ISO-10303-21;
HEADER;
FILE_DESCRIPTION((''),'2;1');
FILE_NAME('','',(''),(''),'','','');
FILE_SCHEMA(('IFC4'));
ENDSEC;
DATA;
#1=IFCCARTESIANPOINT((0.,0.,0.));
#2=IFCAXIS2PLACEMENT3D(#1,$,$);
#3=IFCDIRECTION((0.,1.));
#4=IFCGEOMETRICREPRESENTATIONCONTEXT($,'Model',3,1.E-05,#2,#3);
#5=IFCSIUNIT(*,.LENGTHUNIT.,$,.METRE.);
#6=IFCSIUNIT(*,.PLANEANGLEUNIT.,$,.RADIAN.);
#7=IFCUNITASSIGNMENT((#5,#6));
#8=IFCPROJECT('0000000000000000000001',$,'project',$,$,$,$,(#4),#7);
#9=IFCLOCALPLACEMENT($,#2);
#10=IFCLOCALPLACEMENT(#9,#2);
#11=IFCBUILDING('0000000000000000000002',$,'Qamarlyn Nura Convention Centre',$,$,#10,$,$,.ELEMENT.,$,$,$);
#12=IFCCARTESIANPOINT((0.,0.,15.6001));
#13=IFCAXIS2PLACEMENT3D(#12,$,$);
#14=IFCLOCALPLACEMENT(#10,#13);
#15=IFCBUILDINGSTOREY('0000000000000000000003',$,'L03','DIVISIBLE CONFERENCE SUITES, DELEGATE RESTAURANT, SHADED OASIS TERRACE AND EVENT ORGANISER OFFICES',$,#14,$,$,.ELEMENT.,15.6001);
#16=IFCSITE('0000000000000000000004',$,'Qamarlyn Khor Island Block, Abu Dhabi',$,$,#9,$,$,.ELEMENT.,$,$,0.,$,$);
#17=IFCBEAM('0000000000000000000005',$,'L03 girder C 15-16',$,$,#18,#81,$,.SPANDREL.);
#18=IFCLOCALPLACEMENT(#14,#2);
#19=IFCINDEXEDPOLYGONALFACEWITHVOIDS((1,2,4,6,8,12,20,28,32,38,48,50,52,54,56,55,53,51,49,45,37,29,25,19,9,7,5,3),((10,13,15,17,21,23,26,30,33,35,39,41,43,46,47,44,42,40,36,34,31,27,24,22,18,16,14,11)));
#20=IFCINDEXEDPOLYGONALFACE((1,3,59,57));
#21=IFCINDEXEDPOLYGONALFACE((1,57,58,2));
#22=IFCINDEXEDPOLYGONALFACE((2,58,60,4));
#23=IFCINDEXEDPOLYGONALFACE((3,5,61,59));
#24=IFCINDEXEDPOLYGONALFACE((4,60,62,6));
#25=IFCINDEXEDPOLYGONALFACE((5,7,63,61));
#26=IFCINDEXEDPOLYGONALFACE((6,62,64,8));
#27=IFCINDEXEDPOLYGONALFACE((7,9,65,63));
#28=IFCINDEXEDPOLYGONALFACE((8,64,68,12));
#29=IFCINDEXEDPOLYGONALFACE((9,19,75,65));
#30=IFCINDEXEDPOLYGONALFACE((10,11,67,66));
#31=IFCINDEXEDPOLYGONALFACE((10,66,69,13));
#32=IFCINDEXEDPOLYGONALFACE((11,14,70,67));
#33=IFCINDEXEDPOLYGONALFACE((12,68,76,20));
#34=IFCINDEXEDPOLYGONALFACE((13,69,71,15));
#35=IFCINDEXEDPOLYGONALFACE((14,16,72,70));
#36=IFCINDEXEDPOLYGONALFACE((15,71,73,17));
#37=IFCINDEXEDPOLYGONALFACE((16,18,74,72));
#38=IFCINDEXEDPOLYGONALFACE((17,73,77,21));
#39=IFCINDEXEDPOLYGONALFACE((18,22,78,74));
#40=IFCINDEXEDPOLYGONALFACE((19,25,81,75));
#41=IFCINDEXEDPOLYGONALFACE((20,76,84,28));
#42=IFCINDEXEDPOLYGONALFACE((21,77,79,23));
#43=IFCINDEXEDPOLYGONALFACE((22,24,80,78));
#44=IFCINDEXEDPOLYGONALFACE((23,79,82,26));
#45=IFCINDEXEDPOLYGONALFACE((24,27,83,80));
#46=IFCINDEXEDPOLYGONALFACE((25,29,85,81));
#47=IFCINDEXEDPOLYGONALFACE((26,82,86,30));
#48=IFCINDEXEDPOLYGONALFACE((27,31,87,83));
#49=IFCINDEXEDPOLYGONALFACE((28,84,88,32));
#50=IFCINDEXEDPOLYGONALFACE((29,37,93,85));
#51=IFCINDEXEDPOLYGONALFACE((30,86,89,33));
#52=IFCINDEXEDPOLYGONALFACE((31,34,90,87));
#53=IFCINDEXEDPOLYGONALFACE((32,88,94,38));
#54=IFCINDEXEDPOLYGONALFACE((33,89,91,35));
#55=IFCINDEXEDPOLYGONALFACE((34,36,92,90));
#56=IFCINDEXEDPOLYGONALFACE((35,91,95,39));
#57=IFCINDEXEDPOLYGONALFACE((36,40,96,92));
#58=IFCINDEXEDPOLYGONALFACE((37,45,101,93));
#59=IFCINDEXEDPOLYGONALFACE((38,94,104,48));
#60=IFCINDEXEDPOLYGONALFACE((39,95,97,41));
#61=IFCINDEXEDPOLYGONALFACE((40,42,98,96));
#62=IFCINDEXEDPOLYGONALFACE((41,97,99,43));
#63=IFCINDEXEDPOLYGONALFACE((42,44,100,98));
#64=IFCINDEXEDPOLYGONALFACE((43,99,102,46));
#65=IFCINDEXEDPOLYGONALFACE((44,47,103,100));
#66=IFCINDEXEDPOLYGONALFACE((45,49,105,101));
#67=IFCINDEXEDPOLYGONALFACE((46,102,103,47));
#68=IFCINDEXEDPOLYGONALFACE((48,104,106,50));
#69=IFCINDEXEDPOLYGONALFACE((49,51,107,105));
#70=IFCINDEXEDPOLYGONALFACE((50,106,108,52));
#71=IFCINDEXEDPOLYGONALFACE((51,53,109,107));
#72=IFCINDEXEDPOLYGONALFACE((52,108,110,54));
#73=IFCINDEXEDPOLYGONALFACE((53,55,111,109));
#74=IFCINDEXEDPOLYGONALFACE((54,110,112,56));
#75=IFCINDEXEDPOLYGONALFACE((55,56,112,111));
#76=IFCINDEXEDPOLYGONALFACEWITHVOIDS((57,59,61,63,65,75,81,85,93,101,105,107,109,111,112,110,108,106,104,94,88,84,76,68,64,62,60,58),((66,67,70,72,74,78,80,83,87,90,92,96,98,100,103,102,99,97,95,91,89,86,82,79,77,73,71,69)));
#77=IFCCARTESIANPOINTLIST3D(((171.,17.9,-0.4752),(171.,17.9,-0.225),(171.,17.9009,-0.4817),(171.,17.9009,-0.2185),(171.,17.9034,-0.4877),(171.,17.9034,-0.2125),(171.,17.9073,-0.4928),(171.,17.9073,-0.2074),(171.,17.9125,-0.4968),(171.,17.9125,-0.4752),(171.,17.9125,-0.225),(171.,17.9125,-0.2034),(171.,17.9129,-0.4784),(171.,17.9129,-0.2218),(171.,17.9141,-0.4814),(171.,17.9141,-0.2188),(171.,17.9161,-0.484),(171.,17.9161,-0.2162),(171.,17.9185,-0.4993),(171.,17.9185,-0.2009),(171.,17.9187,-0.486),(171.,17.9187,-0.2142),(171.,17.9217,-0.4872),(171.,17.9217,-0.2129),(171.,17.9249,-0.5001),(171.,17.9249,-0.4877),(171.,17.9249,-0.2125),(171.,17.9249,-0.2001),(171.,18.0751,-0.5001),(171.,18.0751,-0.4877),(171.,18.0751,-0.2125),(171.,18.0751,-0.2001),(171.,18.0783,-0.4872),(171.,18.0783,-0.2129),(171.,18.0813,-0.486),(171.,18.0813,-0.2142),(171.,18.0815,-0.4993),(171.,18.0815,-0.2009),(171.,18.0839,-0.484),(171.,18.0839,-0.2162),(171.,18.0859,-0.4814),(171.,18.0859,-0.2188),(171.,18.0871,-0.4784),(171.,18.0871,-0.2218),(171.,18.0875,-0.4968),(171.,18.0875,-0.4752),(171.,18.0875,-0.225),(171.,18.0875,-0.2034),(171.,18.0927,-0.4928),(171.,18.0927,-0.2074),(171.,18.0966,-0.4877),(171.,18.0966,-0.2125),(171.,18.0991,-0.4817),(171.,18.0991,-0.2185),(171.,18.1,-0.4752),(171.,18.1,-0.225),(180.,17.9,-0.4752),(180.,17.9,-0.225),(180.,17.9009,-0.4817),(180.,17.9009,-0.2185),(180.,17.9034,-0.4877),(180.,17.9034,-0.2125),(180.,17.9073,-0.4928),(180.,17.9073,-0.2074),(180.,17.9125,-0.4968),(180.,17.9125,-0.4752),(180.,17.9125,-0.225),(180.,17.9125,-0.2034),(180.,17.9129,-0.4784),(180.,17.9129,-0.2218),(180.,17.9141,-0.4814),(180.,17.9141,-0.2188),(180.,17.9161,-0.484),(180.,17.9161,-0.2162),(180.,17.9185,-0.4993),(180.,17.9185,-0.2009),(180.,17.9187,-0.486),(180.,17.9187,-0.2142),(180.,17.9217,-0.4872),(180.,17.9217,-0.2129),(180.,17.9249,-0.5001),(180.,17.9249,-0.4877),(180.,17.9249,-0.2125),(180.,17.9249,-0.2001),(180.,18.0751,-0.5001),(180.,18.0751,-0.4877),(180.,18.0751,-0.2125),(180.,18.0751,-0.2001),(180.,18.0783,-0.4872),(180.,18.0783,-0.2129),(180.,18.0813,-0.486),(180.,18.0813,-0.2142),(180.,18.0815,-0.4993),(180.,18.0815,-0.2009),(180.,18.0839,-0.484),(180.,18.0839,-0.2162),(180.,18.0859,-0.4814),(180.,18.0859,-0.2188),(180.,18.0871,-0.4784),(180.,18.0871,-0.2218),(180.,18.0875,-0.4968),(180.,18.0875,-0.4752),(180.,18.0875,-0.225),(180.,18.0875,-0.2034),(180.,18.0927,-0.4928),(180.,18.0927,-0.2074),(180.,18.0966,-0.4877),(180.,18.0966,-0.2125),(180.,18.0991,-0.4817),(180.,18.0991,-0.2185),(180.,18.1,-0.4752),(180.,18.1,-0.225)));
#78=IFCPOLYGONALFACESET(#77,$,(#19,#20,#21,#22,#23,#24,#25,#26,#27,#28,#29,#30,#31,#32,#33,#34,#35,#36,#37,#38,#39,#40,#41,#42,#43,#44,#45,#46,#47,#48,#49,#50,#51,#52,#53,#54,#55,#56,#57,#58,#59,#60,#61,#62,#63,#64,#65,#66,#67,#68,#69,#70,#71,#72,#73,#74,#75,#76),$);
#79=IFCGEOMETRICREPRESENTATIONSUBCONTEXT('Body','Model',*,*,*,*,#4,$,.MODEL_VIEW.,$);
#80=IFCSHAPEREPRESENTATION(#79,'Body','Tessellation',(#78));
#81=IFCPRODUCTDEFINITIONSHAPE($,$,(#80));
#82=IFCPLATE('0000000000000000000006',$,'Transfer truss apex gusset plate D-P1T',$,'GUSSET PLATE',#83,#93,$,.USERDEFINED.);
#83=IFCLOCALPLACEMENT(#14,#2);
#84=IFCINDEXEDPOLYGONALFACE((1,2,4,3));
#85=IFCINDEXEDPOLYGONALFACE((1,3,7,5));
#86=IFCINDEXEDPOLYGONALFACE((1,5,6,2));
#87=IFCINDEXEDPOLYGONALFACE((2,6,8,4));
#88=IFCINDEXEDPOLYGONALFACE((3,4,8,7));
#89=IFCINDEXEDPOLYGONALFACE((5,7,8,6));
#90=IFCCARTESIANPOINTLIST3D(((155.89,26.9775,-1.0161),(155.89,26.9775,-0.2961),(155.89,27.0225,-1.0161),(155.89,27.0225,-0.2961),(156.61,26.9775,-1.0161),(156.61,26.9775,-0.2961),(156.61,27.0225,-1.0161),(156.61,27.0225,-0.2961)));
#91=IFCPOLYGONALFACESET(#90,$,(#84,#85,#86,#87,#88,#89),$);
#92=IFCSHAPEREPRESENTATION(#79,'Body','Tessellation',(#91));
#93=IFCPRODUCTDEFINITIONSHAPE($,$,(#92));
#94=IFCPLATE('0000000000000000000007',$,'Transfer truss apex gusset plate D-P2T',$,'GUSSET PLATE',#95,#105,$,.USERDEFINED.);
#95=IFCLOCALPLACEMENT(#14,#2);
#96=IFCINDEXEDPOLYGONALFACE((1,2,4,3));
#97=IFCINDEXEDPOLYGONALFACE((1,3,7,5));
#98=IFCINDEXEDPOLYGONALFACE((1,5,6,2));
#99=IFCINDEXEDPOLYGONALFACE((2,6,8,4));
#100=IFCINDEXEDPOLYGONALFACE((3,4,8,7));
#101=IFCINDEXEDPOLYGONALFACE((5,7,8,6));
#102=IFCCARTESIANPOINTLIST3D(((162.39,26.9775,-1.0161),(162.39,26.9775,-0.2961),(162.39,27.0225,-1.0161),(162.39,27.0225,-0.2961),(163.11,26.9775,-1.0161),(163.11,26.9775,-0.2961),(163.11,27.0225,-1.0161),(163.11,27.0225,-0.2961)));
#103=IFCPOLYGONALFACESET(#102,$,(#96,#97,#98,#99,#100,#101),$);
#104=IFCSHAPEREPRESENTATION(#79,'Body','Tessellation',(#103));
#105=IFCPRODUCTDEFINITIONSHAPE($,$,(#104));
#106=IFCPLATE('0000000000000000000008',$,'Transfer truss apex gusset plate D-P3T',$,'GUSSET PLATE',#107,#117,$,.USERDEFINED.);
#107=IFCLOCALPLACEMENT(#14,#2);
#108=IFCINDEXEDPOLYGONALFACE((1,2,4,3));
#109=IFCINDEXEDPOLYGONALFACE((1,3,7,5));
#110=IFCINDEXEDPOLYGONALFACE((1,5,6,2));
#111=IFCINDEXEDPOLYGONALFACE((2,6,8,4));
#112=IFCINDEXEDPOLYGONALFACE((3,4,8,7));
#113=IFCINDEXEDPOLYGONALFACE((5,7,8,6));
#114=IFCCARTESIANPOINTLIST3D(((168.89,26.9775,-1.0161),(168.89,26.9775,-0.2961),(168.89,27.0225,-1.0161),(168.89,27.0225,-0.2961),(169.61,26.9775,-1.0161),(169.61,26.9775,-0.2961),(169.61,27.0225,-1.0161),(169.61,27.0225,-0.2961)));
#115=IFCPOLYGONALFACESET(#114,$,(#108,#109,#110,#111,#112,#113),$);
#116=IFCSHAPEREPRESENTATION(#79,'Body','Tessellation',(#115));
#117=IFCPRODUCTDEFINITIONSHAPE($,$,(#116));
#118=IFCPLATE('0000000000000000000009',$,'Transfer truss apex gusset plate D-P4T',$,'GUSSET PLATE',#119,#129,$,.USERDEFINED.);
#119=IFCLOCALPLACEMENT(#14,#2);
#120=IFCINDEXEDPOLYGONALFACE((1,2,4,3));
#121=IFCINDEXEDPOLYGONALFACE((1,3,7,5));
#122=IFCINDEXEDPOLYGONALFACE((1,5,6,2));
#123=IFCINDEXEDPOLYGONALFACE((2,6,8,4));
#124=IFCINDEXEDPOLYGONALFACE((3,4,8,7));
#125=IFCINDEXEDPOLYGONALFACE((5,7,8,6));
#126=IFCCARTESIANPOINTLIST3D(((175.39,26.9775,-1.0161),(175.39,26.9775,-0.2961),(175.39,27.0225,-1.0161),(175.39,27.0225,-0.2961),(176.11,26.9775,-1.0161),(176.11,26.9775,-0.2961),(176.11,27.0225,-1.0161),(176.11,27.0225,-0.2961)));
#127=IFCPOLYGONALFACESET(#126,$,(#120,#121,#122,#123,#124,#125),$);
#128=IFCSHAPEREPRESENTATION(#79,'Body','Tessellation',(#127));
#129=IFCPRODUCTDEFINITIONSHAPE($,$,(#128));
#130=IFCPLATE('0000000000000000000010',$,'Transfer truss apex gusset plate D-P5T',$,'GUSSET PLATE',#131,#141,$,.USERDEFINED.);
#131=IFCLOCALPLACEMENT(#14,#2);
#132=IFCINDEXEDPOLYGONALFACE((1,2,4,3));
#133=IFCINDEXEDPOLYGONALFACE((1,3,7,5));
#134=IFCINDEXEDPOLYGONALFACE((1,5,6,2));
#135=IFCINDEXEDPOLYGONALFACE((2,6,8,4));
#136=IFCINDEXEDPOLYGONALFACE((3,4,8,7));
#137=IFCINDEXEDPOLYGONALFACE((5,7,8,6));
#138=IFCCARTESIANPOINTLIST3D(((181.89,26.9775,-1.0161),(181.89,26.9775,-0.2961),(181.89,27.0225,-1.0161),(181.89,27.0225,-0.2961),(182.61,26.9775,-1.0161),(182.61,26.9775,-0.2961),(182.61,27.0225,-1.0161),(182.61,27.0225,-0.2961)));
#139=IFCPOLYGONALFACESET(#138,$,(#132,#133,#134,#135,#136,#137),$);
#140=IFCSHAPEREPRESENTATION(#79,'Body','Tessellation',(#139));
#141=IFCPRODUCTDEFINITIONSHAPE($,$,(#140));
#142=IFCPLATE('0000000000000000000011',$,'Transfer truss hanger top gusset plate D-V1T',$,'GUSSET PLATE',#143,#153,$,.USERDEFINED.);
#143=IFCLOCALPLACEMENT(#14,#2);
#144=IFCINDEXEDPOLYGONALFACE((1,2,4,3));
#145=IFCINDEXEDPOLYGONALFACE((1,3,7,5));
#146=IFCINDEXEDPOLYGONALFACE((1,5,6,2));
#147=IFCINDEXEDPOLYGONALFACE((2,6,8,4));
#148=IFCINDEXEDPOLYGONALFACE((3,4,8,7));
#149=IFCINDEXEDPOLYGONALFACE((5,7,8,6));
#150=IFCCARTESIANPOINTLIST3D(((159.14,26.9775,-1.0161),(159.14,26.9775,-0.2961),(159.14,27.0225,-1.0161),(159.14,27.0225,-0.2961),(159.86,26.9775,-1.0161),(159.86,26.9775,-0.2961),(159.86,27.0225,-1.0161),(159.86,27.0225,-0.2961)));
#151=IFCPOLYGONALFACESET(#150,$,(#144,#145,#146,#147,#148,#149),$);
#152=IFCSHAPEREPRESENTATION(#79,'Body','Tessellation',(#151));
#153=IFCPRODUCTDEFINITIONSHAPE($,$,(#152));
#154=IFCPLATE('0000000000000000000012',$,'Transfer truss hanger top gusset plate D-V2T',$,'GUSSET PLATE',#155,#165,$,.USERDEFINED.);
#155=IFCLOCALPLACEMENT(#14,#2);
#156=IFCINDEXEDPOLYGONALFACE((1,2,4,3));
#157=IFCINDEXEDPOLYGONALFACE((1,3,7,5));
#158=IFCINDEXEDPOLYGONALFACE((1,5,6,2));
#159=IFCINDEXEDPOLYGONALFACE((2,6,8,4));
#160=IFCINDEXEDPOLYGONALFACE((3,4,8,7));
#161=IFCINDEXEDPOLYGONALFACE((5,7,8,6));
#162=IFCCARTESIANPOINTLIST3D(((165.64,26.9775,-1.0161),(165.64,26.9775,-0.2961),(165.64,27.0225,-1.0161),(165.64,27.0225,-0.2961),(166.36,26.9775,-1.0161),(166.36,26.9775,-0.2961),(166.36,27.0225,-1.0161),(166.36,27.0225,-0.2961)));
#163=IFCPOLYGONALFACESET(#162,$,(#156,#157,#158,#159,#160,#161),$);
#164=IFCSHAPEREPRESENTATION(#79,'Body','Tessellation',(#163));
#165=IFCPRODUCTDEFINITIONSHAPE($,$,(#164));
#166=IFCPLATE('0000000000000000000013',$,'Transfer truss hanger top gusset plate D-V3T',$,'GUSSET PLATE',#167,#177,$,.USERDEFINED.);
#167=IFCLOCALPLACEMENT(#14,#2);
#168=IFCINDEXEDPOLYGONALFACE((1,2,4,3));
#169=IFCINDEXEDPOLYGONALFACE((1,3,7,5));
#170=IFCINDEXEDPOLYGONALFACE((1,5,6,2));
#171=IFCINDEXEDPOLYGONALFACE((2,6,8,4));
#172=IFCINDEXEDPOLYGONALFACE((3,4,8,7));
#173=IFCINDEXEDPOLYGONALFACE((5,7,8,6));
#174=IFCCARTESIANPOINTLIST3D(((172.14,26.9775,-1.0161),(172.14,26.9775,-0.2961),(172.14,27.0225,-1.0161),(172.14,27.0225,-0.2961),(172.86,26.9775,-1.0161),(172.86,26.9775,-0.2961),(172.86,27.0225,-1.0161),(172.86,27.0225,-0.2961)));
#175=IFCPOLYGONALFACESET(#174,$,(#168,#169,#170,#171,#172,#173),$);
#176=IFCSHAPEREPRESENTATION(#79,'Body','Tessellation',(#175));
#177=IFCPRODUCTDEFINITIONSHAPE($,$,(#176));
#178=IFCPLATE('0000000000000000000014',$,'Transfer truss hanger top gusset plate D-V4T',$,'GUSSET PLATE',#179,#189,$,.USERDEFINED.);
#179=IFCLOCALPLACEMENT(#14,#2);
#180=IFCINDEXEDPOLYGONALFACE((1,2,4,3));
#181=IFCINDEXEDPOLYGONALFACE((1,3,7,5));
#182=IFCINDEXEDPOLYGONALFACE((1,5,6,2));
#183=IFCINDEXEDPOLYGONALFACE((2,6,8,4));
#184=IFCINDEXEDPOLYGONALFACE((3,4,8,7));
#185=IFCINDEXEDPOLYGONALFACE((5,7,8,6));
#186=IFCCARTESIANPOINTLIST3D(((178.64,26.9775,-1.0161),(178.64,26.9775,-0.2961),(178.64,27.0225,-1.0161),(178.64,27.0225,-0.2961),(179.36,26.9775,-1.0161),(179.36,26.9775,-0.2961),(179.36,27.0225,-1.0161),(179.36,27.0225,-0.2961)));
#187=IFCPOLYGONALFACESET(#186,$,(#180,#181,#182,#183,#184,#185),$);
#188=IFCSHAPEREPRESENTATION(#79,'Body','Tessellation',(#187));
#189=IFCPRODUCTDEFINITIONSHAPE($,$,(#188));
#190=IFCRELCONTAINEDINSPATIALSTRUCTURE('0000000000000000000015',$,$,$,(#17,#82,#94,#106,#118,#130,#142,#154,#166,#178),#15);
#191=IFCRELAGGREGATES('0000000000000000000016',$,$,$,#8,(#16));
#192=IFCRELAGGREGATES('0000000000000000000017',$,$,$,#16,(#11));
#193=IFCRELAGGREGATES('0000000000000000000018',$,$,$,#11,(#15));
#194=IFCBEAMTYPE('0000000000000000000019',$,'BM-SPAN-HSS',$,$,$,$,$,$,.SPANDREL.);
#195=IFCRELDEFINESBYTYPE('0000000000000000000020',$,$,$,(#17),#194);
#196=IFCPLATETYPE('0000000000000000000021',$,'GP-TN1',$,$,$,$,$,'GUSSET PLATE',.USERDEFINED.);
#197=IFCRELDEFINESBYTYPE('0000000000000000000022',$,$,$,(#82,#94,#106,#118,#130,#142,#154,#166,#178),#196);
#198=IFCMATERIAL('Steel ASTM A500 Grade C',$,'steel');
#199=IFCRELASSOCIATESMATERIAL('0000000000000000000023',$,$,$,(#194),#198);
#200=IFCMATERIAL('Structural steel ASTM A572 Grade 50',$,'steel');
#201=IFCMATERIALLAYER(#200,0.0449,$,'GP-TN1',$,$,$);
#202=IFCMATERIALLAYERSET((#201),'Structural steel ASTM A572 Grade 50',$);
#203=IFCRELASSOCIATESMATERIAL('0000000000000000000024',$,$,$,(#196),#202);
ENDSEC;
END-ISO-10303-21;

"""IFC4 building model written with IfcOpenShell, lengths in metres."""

from ifc_helpers import new_model, si_unit, direction, frame, origin, origin_2d, place, context, subcontext, project, spatial, rectangle, hollow_rectangle, extrude, material, layer, layer_set, material_profile, profile_set, type_object, element, save


model = new_model("IFC4")

# Units and contexts
model_context = context("Model", 3, precision=1e-05, world=origin(), true_north=direction((0.0, 1.0)))
body_context = subcontext(model_context, "Body", "Model", "MODEL_VIEW")
ifc_project = project(units=[si_unit("LENGTHUNIT", "METRE"), si_unit("PLANEANGLEUNIT", "RADIAN")], contexts=[model_context])

# Site, building, storey
site_placement = place(None, origin())
site = spatial("IfcSite", under=ifc_project, at=site_placement, Name="Qamarlyn Khor Island Block, Abu Dhabi", CompositionType="ELEMENT", RefElevation=0.0)
building_placement = place(site_placement, origin())
building = spatial("IfcBuilding", under=site, at=building_placement, Name="Qamarlyn Nura Convention Centre", CompositionType="ELEMENT")
storey_placement = place(building_placement, frame((0.0, 0.0, 15.6001)))
storey = spatial("IfcBuildingStorey", under=building, at=storey_placement, Name="L03", Description="DIVISIBLE CONFERENCE SUITES, DELEGATE RESTAURANT, SHADED OASIS TERRACE AND EVENT ORGANISER OFFICES", CompositionType="ELEMENT", Elevation=15.6001)

# Beam
ifc_material_1 = material(Name="Steel ASTM A500 Grade C", Category="steel")
ifc_material_profile_1 = material_profile(ifc_material_1, hollow_rectangle(XDim=0.2, YDim=0.3, WallThickness=0.0125, InnerFilletRadius=0.0125, OuterFilletRadius=0.0249, at=origin_2d()), Name="HSS300X200X12.5")
ifc_profile_set_1 = profile_set([ifc_material_profile_1], Name="Steel ASTM A500 Grade C")
beam_type_1 = type_object("IfcBeamType", Name="BM-SPAN-HSS", PredefinedType="SPANDREL", material=ifc_profile_set_1)
beam_1_placement = place(storey_placement, frame((171.0, 18.0, -0.3501), z_axis=(1.0, 0.0, 0.0), x_axis=(0.0, 1.0, 0.0)))
element("IfcBeam", 1, at=beam_1_placement, inside=storey, type_object=beam_type_1, Name="L03 girder C 15-16", PredefinedType="SPANDREL", context=body_context, shape_type="SweptSolid", body=[
    extrude(hollow_rectangle(XDim=0.2, YDim=0.3, WallThickness=0.0125, InnerFilletRadius=0.0125, OuterFilletRadius=0.0249, at=origin_2d()), origin(), (0.0, 0.0, 1.0), 9.0),
])

# Plates
ifc_material_2 = material(Name="Structural steel ASTM A572 Grade 50", Category="steel")
ifc_layer_1 = layer(ifc_material_2, 0.0449, Name="GP-TN1")
ifc_layer_set_1 = layer_set([ifc_layer_1], Name="Structural steel ASTM A572 Grade 50")
plate_type = type_object("IfcPlateType", Name="GP-TN1", ElementType="GUSSET PLATE", PredefinedType="USERDEFINED", material=ifc_layer_set_1)
for number, where, z_axis, x_axis, name in (
    (2, (156.25, 27.0, -1.0161), (0.0, 0.0, 1.0), (1.0, 0.0, 0.0), "Transfer truss apex gusset plate D-P1T"),
    (3, (162.75, 27.0, -1.0161), (0.0, 0.0, 1.0), (1.0, 0.0, 0.0), "Transfer truss apex gusset plate D-P2T"),
    (4, (169.25, 27.0, -1.0161), (0.0, 0.0, 1.0), (1.0, 0.0, 0.0), "Transfer truss apex gusset plate D-P3T"),
    (5, (175.75, 27.0, -1.0161), (0.0, 0.0, 1.0), (1.0, 0.0, 0.0), "Transfer truss apex gusset plate D-P4T"),
    (6, (182.25, 27.0, -1.0161), (0.0, 0.0, 1.0), (1.0, 0.0, 0.0), "Transfer truss apex gusset plate D-P5T"),
    (7, (159.5, 27.0, -1.0161), (0.0, 0.0, 1.0), (1.0, 0.0, 0.0), "Transfer truss hanger top gusset plate D-V1T"),
    (8, (166.0, 27.0, -1.0161), (0.0, 0.0, 1.0), (1.0, 0.0, 0.0), "Transfer truss hanger top gusset plate D-V2T"),
    (9, (172.5, 27.0, -1.0161), (0.0, 0.0, 1.0), (1.0, 0.0, 0.0), "Transfer truss hanger top gusset plate D-V3T"),
    (10, (179.0, 27.0, -1.0161), (0.0, 0.0, 1.0), (1.0, 0.0, 0.0), "Transfer truss hanger top gusset plate D-V4T"),
):
    element("IfcPlate", number, at=place(storey_placement, frame(where, z_axis=z_axis, x_axis=x_axis)), inside=storey, type_object=plate_type, Name=name, ObjectType="GUSSET PLATE", PredefinedType="USERDEFINED", context=body_context, shape_type="SweptSolid", body=[
        extrude(rectangle(XDim=0.72, YDim=0.0449, at=origin_2d()), origin(), (0.0, 0.0, 1.0), 0.72),
    ])

save(model, "model.ifc")
